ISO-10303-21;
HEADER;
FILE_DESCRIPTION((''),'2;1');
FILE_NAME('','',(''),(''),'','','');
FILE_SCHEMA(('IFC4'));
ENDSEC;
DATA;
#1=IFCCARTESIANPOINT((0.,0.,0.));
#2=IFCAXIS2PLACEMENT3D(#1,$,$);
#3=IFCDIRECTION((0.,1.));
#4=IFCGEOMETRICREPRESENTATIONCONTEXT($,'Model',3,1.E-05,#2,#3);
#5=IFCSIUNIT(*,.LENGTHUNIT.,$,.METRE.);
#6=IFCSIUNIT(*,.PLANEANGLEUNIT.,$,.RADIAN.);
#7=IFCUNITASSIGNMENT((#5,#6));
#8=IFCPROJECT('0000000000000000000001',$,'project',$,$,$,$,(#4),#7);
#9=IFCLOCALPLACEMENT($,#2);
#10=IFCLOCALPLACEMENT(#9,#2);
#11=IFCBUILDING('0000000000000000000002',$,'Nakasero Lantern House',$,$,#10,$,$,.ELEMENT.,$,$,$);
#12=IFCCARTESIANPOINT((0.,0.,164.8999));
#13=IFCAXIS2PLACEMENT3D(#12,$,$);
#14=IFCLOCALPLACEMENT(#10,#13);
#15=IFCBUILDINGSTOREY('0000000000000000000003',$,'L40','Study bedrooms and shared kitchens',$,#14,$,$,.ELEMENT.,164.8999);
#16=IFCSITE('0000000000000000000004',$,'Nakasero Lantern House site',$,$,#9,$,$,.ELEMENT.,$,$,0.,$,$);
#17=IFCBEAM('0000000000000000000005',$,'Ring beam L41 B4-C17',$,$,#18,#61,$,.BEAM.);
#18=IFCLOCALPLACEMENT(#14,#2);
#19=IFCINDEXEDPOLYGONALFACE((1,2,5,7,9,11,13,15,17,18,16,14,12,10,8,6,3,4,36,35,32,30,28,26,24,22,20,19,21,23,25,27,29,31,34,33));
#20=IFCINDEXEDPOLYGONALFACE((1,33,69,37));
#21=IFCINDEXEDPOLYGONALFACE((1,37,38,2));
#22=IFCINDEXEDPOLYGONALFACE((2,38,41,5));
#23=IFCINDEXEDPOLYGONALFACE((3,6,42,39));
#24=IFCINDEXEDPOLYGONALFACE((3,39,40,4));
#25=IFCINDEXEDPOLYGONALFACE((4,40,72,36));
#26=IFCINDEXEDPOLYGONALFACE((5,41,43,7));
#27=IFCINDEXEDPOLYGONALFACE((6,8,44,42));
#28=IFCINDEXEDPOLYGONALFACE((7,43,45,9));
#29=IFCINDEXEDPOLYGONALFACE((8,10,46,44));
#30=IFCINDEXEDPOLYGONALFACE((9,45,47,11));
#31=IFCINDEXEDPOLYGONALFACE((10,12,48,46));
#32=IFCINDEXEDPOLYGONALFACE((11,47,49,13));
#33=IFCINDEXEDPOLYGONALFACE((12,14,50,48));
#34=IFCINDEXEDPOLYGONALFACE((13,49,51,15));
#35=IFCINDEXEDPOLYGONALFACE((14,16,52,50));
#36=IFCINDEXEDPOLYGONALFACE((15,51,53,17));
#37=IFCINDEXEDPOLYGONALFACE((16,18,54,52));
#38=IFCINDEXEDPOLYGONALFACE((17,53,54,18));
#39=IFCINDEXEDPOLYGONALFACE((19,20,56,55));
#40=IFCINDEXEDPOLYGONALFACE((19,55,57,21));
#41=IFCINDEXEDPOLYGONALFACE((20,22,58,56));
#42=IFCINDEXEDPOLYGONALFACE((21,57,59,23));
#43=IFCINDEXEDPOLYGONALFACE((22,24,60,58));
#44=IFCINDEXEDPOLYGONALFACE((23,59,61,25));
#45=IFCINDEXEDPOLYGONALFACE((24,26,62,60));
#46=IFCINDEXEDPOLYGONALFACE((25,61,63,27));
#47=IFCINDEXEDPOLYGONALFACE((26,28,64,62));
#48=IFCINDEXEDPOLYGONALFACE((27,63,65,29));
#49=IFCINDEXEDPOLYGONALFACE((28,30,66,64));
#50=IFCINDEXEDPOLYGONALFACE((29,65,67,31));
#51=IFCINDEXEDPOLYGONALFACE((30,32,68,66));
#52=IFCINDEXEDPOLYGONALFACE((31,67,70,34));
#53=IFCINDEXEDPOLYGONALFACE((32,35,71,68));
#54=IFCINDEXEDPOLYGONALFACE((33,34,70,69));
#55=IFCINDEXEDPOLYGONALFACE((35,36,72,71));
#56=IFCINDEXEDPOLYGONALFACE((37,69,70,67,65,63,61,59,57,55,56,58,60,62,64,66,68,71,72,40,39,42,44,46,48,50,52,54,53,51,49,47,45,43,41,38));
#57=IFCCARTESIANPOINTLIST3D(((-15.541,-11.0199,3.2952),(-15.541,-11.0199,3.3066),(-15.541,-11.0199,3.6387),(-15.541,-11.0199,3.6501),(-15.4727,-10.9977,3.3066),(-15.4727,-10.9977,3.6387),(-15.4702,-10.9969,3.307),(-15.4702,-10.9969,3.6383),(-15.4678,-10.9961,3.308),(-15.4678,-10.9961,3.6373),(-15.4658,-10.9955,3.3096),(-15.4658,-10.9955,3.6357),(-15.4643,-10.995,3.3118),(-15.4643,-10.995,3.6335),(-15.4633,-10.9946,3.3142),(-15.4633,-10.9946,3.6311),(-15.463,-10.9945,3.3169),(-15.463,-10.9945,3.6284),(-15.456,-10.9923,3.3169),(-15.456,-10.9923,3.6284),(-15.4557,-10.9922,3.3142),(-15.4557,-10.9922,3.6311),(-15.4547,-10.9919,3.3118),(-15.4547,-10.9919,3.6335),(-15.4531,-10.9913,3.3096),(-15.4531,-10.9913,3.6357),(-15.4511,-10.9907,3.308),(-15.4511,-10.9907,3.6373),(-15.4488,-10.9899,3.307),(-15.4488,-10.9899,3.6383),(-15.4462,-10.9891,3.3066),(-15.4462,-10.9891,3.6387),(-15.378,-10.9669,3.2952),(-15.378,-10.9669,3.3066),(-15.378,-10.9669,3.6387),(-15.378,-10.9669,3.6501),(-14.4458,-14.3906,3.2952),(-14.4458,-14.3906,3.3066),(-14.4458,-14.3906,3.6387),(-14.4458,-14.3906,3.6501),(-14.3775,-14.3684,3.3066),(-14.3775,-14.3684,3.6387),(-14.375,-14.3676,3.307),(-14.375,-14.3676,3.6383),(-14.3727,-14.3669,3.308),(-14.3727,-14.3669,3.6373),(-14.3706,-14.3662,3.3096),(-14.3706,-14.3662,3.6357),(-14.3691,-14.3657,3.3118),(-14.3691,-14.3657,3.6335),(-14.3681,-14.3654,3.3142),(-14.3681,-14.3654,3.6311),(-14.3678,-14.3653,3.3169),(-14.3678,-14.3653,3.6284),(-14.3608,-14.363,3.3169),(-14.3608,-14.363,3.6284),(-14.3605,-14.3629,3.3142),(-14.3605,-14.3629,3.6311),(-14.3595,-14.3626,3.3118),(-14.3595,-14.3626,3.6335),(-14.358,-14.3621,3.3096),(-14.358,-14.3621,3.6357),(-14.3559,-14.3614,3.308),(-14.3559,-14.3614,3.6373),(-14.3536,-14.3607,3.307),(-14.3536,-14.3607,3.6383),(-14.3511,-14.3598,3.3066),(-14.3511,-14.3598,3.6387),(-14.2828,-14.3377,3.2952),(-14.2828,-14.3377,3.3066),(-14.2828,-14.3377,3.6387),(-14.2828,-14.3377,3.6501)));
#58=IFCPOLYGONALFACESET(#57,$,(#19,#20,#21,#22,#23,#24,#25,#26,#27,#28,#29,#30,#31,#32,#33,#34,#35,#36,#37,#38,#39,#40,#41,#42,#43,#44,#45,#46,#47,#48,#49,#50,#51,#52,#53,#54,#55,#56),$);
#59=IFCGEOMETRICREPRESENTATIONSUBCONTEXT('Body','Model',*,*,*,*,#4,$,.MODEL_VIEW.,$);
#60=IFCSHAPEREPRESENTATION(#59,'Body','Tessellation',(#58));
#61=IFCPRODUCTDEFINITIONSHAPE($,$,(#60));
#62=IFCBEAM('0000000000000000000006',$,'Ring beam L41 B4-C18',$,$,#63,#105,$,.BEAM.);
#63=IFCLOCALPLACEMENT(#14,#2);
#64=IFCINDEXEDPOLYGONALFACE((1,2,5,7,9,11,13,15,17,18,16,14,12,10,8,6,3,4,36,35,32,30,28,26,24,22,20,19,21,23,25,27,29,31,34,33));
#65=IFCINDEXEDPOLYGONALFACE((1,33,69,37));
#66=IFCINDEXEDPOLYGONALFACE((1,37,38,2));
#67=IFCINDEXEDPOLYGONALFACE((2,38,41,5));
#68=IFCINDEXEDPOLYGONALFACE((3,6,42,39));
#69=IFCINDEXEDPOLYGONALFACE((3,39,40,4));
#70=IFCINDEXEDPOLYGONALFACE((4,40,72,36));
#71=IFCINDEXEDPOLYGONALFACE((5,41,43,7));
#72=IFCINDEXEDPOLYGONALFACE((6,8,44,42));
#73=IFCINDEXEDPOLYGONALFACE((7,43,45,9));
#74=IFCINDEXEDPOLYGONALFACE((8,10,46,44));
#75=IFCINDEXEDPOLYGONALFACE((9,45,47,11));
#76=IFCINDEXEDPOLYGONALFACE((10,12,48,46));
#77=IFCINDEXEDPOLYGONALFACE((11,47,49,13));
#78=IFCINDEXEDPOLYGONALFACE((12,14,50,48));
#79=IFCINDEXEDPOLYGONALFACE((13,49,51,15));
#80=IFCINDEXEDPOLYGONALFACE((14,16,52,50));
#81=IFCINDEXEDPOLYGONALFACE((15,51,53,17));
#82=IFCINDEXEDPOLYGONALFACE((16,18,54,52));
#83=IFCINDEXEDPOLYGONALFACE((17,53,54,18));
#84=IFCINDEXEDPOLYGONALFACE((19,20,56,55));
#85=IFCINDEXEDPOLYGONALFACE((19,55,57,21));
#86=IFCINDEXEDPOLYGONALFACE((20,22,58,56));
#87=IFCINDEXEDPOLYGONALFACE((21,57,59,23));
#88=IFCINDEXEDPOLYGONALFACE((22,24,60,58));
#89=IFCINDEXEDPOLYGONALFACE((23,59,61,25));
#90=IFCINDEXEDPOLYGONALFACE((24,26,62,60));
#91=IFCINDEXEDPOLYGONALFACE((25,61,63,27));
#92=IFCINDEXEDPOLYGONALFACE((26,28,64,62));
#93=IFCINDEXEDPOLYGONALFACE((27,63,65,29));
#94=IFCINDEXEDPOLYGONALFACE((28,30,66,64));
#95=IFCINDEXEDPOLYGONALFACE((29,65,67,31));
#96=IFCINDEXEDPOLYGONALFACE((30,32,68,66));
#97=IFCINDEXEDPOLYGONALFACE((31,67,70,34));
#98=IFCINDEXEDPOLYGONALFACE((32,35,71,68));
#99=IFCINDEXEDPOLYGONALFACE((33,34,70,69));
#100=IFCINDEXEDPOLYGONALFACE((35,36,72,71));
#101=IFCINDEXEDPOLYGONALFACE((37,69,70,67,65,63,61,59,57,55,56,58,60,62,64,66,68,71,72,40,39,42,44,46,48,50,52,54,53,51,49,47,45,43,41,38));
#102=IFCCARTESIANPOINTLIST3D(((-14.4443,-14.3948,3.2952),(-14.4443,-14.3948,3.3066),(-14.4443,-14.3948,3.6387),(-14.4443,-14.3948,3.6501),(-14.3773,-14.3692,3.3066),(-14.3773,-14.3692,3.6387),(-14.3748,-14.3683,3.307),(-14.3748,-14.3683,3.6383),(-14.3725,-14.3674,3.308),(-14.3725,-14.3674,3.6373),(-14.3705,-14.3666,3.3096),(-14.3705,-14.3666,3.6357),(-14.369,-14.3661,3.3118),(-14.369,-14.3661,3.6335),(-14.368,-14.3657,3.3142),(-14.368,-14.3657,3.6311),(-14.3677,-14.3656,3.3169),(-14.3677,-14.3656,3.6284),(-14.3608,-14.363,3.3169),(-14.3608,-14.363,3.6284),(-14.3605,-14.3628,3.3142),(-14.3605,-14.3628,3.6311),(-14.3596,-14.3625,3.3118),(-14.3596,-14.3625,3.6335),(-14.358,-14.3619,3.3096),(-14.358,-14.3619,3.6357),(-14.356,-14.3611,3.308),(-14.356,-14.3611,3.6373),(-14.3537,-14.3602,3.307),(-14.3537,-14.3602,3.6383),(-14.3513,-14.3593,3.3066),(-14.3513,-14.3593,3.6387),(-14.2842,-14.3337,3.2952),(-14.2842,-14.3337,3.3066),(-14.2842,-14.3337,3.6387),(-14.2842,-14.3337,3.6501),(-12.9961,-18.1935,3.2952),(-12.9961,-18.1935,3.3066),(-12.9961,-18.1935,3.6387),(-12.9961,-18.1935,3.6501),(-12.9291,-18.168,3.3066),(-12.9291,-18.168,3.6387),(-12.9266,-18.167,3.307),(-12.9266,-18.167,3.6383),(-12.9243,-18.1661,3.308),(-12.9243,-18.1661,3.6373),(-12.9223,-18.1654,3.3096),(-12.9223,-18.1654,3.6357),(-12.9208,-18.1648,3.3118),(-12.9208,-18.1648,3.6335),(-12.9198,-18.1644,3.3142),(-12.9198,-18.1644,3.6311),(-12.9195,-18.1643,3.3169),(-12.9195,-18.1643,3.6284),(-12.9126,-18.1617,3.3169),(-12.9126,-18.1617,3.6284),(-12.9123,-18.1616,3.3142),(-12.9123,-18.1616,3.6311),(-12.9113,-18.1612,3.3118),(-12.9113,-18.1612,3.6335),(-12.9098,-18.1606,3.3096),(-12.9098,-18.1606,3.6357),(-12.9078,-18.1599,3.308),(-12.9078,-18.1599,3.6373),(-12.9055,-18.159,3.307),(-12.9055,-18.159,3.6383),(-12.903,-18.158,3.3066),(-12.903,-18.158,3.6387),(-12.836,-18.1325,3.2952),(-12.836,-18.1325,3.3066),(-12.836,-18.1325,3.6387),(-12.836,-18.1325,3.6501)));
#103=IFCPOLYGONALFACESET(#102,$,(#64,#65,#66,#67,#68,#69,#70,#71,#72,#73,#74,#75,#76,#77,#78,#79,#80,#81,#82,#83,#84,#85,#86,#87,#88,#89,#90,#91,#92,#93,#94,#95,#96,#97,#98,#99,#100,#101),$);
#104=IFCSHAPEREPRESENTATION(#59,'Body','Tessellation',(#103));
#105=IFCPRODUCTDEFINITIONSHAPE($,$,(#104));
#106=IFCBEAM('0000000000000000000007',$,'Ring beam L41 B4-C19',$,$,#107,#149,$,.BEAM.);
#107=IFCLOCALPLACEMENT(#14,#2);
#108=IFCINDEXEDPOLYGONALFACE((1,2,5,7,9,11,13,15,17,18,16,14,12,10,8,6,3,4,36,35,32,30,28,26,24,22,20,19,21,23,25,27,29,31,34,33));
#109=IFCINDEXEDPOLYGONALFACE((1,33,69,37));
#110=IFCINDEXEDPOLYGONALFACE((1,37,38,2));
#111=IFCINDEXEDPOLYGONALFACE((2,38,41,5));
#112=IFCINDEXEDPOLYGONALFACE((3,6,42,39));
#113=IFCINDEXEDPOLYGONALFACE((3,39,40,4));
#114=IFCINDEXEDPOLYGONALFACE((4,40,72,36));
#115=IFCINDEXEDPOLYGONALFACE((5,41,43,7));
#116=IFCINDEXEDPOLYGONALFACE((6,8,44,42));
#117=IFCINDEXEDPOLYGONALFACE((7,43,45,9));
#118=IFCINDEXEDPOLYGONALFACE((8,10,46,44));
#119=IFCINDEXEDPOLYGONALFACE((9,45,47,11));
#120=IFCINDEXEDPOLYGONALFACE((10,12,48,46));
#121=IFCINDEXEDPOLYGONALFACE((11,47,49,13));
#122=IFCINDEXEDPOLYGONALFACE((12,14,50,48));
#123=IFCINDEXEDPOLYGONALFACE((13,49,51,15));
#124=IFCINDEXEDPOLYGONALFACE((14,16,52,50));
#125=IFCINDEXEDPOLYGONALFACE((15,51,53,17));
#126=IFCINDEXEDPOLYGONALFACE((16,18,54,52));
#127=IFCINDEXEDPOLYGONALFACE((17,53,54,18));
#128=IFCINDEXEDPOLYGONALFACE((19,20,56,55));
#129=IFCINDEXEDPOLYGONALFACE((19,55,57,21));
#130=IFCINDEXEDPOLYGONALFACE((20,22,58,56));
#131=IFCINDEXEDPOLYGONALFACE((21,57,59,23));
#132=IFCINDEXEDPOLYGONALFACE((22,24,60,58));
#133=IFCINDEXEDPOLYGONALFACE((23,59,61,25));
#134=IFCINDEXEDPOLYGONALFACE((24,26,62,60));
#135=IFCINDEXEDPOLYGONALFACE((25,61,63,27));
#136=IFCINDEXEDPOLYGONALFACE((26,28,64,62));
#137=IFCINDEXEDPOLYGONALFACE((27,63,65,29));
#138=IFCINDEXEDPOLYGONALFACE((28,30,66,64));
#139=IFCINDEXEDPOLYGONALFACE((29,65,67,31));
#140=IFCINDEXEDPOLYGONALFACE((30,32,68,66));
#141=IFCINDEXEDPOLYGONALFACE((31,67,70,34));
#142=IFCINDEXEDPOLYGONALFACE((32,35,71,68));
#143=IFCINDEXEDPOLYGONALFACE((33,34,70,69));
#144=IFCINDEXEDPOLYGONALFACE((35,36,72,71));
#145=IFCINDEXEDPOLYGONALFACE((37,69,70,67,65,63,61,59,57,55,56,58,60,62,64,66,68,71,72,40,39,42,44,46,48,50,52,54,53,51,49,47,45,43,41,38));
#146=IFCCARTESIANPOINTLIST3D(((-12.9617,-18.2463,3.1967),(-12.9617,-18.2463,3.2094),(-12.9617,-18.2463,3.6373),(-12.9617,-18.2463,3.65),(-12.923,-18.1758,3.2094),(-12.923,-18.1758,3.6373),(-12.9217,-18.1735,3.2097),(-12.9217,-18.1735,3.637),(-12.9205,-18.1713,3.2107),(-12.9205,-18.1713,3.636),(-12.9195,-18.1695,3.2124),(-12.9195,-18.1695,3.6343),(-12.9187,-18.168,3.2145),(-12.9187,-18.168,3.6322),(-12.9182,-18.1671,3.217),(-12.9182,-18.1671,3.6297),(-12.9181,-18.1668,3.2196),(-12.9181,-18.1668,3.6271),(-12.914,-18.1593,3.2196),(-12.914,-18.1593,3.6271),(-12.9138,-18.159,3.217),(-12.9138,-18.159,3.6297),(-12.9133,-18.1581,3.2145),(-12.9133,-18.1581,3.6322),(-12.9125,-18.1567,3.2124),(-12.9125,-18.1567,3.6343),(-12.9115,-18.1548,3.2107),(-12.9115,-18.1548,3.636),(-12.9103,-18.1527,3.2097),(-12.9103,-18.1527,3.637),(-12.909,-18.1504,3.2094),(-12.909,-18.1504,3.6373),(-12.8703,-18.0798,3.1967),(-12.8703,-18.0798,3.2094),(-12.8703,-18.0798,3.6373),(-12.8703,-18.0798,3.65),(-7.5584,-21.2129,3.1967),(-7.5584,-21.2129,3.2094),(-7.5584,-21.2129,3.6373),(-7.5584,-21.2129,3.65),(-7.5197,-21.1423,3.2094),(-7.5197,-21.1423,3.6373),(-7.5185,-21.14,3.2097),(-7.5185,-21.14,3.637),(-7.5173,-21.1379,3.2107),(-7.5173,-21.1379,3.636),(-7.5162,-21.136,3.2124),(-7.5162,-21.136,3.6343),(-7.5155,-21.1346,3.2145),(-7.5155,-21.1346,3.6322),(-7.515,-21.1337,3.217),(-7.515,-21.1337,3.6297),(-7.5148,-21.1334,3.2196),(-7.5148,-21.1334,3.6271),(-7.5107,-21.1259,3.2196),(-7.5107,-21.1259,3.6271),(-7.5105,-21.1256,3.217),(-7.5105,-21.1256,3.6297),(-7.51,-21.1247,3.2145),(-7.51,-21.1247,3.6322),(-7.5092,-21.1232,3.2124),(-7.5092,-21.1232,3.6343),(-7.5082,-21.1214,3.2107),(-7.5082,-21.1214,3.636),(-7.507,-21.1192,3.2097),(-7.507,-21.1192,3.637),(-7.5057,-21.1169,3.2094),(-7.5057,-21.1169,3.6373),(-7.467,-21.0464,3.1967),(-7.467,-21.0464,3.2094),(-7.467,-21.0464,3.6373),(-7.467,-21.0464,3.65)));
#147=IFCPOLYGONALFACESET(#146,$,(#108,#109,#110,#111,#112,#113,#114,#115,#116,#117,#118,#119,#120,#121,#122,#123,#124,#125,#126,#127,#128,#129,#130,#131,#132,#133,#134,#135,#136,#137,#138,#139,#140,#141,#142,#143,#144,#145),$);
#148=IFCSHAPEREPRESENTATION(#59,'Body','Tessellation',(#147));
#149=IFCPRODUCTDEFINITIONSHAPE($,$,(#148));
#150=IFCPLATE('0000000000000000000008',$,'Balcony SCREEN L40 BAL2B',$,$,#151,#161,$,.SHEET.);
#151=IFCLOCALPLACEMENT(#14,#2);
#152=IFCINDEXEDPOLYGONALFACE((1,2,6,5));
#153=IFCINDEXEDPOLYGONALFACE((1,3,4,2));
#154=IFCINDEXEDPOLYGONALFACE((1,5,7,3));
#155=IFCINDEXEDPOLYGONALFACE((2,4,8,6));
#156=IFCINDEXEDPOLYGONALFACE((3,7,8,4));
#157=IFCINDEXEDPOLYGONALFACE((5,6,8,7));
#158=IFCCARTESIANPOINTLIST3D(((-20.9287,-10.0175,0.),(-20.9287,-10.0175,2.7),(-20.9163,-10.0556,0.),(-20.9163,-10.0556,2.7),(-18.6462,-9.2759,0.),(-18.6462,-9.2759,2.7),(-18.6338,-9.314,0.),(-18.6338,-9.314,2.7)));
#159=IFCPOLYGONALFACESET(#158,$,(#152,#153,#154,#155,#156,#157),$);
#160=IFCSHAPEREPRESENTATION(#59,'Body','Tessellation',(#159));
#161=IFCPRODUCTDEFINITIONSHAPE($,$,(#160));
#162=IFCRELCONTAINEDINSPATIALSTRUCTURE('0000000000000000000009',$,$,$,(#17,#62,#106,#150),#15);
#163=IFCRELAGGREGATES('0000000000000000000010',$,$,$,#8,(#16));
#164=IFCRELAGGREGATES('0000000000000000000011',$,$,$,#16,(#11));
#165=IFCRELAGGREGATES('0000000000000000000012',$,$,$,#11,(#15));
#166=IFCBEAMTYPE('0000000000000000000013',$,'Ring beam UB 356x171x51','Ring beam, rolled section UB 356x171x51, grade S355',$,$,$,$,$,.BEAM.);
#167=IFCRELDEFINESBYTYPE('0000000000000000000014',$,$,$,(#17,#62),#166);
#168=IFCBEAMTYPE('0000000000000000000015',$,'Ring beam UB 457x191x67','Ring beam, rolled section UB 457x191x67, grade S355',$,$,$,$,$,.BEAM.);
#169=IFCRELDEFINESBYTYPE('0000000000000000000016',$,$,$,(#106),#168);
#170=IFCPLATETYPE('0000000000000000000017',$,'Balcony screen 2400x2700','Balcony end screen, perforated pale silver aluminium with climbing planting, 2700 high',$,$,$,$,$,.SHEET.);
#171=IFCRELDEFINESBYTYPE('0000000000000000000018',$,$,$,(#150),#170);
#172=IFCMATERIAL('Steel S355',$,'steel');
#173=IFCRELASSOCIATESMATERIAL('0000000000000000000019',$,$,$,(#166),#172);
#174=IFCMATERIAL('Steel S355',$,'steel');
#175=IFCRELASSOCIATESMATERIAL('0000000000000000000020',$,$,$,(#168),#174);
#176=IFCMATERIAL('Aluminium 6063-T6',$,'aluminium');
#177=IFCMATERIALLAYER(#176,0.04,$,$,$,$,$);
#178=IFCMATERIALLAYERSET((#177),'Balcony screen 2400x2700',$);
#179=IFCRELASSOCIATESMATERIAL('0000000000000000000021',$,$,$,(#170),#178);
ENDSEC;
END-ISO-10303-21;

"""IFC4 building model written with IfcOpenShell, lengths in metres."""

from ifc_helpers import new_model, si_unit, direction, frame, origin, origin_2d, place, context, subcontext, project, spatial, rectangle, i_section, extrude, material, layer, layer_set, material_profile, profile_set, type_object, element, save


model = new_model("IFC4")

# Units and contexts
model_context = context("Model", 3, precision=1e-05, world=origin(), true_north=direction((0.0, 1.0)))
body_context = subcontext(model_context, "Body", "Model", "MODEL_VIEW")
ifc_project = project(units=[si_unit("LENGTHUNIT", "METRE"), si_unit("PLANEANGLEUNIT", "RADIAN")], contexts=[model_context])

# Site, building, storey
site_placement = place(None, origin())
site = spatial("IfcSite", under=ifc_project, at=site_placement, Name="Nakasero Lantern House site", CompositionType="ELEMENT", RefElevation=0.0)
building_placement = place(site_placement, origin())
building = spatial("IfcBuilding", under=site, at=building_placement, Name="Nakasero Lantern House", CompositionType="ELEMENT")
storey_placement = place(building_placement, frame((0.0, 0.0, 164.8999)))
storey = spatial("IfcBuildingStorey", under=building, at=storey_placement, Name="L40", Description="Study bedrooms and shared kitchens", CompositionType="ELEMENT", Elevation=164.8999)

# Beams
ifc_material_1 = material(Name="Steel S355", Category="steel")
ifc_material_profile_1 = material_profile(ifc_material_1, i_section(OverallWidth=0.1714, OverallDepth=0.355, WebThickness=0.0073, FlangeThickness=0.0115, FilletRadius=0.0103, at=origin_2d()), Name="UB 356x171x51")
ifc_profile_set_1 = profile_set([ifc_material_profile_1], Name="Steel S355")
beam_type_1 = type_object("IfcBeamType", Name="Ring beam UB 356x171x51", Description="Ring beam, rolled section UB 356x171x51, grade S355", PredefinedType="BEAM", material=ifc_profile_set_1)
beam_1_placement = place(storey_placement, frame((-15.4595, -10.9934, 3.4727), z_axis=(0.309007, -0.95106, 0.0), x_axis=(0.95106, 0.309007, 0.0)))
element("IfcBeam", 1, at=beam_1_placement, inside=storey, type_object=beam_type_1, Name="Ring beam L41 B4-C17", PredefinedType="BEAM", context=body_context, shape_type="SweptSolid", body=[
    extrude(i_section(OverallWidth=0.1714, OverallDepth=0.355, WebThickness=0.0073, FlangeThickness=0.0115, FilletRadius=0.0103, at=origin_2d()), origin(), (0.0, 0.0, 1.0), 3.5442),
])
beam_2_placement = place(storey_placement, frame((-14.3643, -14.3643, 3.4727), z_axis=(0.356225, -0.9344, 0.0), x_axis=(0.9344, 0.356225, 0.0)))
element("IfcBeam", 2, at=beam_2_placement, inside=storey, type_object=beam_type_1, Name="Ring beam L41 B4-C18", PredefinedType="BEAM", context=body_context, shape_type="SweptSolid", body=[
    extrude(i_section(OverallWidth=0.1714, OverallDepth=0.355, WebThickness=0.0073, FlangeThickness=0.0115, FilletRadius=0.0103, at=origin_2d()), origin(), (0.0, 0.0, 1.0), 4.0654),
])
ifc_material_2 = material(Name="Steel S355", Category="steel")
ifc_material_profile_2 = material_profile(ifc_material_2, i_section(OverallWidth=0.1899, OverallDepth=0.4534, WebThickness=0.0085, FlangeThickness=0.0127, FilletRadius=0.0103, at=origin_2d()), Name="UB 457x191x67")
ifc_profile_set_2 = profile_set([ifc_material_profile_2], Name="Steel S355")
beam_type_2 = type_object("IfcBeamType", Name="Ring beam UB 457x191x67", Description="Ring beam, rolled section UB 457x191x67, grade S355", PredefinedType="BEAM", material=ifc_profile_set_2)
beam_3_placement = place(storey_placement, frame((-12.916, -18.1631, 3.4233), z_axis=(0.876577, -0.481262, 0.0), x_axis=(0.481262, 0.876577, 0.0)))
element("IfcBeam", 3, at=beam_3_placement, inside=storey, type_object=beam_type_2, Name="Ring beam L41 B4-C19", PredefinedType="BEAM", context=body_context, shape_type="SweptSolid", body=[
    extrude(i_section(OverallWidth=0.1899, OverallDepth=0.4534, WebThickness=0.0085, FlangeThickness=0.0127, FilletRadius=0.0103, at=origin_2d()), origin(), (0.0, 0.0, 1.0), 6.1641),
])

# Plate
ifc_material_3 = material(Name="Aluminium 6063-T6", Category="aluminium")
ifc_layer_1 = layer(ifc_material_3, 0.04)
ifc_layer_set_1 = layer_set([ifc_layer_1], Name="Balcony screen 2400x2700")
plate_type = type_object("IfcPlateType", Name="Balcony screen 2400x2700", Description="Balcony end screen, perforated pale silver aluminium with climbing planting, 2700 high", PredefinedType="SHEET", material=ifc_layer_set_1)
plate_placement = place(storey_placement, frame((-19.7812, -9.6658, 0.0), z_axis=(0.0, 0.0, 1.0), x_axis=(-0.951057, -0.309017, 0.0)))
element("IfcPlate", 4, at=plate_placement, inside=storey, type_object=plate_type, Name="Balcony SCREEN L40 BAL2B", PredefinedType="SHEET", context=body_context, shape_type="SweptSolid", body=[
    extrude(rectangle(XDim=2.3999, YDim=0.04, at=origin_2d()), origin(), (0.0, 0.0, 1.0), 2.7),
])

save(model, "model.ifc")
